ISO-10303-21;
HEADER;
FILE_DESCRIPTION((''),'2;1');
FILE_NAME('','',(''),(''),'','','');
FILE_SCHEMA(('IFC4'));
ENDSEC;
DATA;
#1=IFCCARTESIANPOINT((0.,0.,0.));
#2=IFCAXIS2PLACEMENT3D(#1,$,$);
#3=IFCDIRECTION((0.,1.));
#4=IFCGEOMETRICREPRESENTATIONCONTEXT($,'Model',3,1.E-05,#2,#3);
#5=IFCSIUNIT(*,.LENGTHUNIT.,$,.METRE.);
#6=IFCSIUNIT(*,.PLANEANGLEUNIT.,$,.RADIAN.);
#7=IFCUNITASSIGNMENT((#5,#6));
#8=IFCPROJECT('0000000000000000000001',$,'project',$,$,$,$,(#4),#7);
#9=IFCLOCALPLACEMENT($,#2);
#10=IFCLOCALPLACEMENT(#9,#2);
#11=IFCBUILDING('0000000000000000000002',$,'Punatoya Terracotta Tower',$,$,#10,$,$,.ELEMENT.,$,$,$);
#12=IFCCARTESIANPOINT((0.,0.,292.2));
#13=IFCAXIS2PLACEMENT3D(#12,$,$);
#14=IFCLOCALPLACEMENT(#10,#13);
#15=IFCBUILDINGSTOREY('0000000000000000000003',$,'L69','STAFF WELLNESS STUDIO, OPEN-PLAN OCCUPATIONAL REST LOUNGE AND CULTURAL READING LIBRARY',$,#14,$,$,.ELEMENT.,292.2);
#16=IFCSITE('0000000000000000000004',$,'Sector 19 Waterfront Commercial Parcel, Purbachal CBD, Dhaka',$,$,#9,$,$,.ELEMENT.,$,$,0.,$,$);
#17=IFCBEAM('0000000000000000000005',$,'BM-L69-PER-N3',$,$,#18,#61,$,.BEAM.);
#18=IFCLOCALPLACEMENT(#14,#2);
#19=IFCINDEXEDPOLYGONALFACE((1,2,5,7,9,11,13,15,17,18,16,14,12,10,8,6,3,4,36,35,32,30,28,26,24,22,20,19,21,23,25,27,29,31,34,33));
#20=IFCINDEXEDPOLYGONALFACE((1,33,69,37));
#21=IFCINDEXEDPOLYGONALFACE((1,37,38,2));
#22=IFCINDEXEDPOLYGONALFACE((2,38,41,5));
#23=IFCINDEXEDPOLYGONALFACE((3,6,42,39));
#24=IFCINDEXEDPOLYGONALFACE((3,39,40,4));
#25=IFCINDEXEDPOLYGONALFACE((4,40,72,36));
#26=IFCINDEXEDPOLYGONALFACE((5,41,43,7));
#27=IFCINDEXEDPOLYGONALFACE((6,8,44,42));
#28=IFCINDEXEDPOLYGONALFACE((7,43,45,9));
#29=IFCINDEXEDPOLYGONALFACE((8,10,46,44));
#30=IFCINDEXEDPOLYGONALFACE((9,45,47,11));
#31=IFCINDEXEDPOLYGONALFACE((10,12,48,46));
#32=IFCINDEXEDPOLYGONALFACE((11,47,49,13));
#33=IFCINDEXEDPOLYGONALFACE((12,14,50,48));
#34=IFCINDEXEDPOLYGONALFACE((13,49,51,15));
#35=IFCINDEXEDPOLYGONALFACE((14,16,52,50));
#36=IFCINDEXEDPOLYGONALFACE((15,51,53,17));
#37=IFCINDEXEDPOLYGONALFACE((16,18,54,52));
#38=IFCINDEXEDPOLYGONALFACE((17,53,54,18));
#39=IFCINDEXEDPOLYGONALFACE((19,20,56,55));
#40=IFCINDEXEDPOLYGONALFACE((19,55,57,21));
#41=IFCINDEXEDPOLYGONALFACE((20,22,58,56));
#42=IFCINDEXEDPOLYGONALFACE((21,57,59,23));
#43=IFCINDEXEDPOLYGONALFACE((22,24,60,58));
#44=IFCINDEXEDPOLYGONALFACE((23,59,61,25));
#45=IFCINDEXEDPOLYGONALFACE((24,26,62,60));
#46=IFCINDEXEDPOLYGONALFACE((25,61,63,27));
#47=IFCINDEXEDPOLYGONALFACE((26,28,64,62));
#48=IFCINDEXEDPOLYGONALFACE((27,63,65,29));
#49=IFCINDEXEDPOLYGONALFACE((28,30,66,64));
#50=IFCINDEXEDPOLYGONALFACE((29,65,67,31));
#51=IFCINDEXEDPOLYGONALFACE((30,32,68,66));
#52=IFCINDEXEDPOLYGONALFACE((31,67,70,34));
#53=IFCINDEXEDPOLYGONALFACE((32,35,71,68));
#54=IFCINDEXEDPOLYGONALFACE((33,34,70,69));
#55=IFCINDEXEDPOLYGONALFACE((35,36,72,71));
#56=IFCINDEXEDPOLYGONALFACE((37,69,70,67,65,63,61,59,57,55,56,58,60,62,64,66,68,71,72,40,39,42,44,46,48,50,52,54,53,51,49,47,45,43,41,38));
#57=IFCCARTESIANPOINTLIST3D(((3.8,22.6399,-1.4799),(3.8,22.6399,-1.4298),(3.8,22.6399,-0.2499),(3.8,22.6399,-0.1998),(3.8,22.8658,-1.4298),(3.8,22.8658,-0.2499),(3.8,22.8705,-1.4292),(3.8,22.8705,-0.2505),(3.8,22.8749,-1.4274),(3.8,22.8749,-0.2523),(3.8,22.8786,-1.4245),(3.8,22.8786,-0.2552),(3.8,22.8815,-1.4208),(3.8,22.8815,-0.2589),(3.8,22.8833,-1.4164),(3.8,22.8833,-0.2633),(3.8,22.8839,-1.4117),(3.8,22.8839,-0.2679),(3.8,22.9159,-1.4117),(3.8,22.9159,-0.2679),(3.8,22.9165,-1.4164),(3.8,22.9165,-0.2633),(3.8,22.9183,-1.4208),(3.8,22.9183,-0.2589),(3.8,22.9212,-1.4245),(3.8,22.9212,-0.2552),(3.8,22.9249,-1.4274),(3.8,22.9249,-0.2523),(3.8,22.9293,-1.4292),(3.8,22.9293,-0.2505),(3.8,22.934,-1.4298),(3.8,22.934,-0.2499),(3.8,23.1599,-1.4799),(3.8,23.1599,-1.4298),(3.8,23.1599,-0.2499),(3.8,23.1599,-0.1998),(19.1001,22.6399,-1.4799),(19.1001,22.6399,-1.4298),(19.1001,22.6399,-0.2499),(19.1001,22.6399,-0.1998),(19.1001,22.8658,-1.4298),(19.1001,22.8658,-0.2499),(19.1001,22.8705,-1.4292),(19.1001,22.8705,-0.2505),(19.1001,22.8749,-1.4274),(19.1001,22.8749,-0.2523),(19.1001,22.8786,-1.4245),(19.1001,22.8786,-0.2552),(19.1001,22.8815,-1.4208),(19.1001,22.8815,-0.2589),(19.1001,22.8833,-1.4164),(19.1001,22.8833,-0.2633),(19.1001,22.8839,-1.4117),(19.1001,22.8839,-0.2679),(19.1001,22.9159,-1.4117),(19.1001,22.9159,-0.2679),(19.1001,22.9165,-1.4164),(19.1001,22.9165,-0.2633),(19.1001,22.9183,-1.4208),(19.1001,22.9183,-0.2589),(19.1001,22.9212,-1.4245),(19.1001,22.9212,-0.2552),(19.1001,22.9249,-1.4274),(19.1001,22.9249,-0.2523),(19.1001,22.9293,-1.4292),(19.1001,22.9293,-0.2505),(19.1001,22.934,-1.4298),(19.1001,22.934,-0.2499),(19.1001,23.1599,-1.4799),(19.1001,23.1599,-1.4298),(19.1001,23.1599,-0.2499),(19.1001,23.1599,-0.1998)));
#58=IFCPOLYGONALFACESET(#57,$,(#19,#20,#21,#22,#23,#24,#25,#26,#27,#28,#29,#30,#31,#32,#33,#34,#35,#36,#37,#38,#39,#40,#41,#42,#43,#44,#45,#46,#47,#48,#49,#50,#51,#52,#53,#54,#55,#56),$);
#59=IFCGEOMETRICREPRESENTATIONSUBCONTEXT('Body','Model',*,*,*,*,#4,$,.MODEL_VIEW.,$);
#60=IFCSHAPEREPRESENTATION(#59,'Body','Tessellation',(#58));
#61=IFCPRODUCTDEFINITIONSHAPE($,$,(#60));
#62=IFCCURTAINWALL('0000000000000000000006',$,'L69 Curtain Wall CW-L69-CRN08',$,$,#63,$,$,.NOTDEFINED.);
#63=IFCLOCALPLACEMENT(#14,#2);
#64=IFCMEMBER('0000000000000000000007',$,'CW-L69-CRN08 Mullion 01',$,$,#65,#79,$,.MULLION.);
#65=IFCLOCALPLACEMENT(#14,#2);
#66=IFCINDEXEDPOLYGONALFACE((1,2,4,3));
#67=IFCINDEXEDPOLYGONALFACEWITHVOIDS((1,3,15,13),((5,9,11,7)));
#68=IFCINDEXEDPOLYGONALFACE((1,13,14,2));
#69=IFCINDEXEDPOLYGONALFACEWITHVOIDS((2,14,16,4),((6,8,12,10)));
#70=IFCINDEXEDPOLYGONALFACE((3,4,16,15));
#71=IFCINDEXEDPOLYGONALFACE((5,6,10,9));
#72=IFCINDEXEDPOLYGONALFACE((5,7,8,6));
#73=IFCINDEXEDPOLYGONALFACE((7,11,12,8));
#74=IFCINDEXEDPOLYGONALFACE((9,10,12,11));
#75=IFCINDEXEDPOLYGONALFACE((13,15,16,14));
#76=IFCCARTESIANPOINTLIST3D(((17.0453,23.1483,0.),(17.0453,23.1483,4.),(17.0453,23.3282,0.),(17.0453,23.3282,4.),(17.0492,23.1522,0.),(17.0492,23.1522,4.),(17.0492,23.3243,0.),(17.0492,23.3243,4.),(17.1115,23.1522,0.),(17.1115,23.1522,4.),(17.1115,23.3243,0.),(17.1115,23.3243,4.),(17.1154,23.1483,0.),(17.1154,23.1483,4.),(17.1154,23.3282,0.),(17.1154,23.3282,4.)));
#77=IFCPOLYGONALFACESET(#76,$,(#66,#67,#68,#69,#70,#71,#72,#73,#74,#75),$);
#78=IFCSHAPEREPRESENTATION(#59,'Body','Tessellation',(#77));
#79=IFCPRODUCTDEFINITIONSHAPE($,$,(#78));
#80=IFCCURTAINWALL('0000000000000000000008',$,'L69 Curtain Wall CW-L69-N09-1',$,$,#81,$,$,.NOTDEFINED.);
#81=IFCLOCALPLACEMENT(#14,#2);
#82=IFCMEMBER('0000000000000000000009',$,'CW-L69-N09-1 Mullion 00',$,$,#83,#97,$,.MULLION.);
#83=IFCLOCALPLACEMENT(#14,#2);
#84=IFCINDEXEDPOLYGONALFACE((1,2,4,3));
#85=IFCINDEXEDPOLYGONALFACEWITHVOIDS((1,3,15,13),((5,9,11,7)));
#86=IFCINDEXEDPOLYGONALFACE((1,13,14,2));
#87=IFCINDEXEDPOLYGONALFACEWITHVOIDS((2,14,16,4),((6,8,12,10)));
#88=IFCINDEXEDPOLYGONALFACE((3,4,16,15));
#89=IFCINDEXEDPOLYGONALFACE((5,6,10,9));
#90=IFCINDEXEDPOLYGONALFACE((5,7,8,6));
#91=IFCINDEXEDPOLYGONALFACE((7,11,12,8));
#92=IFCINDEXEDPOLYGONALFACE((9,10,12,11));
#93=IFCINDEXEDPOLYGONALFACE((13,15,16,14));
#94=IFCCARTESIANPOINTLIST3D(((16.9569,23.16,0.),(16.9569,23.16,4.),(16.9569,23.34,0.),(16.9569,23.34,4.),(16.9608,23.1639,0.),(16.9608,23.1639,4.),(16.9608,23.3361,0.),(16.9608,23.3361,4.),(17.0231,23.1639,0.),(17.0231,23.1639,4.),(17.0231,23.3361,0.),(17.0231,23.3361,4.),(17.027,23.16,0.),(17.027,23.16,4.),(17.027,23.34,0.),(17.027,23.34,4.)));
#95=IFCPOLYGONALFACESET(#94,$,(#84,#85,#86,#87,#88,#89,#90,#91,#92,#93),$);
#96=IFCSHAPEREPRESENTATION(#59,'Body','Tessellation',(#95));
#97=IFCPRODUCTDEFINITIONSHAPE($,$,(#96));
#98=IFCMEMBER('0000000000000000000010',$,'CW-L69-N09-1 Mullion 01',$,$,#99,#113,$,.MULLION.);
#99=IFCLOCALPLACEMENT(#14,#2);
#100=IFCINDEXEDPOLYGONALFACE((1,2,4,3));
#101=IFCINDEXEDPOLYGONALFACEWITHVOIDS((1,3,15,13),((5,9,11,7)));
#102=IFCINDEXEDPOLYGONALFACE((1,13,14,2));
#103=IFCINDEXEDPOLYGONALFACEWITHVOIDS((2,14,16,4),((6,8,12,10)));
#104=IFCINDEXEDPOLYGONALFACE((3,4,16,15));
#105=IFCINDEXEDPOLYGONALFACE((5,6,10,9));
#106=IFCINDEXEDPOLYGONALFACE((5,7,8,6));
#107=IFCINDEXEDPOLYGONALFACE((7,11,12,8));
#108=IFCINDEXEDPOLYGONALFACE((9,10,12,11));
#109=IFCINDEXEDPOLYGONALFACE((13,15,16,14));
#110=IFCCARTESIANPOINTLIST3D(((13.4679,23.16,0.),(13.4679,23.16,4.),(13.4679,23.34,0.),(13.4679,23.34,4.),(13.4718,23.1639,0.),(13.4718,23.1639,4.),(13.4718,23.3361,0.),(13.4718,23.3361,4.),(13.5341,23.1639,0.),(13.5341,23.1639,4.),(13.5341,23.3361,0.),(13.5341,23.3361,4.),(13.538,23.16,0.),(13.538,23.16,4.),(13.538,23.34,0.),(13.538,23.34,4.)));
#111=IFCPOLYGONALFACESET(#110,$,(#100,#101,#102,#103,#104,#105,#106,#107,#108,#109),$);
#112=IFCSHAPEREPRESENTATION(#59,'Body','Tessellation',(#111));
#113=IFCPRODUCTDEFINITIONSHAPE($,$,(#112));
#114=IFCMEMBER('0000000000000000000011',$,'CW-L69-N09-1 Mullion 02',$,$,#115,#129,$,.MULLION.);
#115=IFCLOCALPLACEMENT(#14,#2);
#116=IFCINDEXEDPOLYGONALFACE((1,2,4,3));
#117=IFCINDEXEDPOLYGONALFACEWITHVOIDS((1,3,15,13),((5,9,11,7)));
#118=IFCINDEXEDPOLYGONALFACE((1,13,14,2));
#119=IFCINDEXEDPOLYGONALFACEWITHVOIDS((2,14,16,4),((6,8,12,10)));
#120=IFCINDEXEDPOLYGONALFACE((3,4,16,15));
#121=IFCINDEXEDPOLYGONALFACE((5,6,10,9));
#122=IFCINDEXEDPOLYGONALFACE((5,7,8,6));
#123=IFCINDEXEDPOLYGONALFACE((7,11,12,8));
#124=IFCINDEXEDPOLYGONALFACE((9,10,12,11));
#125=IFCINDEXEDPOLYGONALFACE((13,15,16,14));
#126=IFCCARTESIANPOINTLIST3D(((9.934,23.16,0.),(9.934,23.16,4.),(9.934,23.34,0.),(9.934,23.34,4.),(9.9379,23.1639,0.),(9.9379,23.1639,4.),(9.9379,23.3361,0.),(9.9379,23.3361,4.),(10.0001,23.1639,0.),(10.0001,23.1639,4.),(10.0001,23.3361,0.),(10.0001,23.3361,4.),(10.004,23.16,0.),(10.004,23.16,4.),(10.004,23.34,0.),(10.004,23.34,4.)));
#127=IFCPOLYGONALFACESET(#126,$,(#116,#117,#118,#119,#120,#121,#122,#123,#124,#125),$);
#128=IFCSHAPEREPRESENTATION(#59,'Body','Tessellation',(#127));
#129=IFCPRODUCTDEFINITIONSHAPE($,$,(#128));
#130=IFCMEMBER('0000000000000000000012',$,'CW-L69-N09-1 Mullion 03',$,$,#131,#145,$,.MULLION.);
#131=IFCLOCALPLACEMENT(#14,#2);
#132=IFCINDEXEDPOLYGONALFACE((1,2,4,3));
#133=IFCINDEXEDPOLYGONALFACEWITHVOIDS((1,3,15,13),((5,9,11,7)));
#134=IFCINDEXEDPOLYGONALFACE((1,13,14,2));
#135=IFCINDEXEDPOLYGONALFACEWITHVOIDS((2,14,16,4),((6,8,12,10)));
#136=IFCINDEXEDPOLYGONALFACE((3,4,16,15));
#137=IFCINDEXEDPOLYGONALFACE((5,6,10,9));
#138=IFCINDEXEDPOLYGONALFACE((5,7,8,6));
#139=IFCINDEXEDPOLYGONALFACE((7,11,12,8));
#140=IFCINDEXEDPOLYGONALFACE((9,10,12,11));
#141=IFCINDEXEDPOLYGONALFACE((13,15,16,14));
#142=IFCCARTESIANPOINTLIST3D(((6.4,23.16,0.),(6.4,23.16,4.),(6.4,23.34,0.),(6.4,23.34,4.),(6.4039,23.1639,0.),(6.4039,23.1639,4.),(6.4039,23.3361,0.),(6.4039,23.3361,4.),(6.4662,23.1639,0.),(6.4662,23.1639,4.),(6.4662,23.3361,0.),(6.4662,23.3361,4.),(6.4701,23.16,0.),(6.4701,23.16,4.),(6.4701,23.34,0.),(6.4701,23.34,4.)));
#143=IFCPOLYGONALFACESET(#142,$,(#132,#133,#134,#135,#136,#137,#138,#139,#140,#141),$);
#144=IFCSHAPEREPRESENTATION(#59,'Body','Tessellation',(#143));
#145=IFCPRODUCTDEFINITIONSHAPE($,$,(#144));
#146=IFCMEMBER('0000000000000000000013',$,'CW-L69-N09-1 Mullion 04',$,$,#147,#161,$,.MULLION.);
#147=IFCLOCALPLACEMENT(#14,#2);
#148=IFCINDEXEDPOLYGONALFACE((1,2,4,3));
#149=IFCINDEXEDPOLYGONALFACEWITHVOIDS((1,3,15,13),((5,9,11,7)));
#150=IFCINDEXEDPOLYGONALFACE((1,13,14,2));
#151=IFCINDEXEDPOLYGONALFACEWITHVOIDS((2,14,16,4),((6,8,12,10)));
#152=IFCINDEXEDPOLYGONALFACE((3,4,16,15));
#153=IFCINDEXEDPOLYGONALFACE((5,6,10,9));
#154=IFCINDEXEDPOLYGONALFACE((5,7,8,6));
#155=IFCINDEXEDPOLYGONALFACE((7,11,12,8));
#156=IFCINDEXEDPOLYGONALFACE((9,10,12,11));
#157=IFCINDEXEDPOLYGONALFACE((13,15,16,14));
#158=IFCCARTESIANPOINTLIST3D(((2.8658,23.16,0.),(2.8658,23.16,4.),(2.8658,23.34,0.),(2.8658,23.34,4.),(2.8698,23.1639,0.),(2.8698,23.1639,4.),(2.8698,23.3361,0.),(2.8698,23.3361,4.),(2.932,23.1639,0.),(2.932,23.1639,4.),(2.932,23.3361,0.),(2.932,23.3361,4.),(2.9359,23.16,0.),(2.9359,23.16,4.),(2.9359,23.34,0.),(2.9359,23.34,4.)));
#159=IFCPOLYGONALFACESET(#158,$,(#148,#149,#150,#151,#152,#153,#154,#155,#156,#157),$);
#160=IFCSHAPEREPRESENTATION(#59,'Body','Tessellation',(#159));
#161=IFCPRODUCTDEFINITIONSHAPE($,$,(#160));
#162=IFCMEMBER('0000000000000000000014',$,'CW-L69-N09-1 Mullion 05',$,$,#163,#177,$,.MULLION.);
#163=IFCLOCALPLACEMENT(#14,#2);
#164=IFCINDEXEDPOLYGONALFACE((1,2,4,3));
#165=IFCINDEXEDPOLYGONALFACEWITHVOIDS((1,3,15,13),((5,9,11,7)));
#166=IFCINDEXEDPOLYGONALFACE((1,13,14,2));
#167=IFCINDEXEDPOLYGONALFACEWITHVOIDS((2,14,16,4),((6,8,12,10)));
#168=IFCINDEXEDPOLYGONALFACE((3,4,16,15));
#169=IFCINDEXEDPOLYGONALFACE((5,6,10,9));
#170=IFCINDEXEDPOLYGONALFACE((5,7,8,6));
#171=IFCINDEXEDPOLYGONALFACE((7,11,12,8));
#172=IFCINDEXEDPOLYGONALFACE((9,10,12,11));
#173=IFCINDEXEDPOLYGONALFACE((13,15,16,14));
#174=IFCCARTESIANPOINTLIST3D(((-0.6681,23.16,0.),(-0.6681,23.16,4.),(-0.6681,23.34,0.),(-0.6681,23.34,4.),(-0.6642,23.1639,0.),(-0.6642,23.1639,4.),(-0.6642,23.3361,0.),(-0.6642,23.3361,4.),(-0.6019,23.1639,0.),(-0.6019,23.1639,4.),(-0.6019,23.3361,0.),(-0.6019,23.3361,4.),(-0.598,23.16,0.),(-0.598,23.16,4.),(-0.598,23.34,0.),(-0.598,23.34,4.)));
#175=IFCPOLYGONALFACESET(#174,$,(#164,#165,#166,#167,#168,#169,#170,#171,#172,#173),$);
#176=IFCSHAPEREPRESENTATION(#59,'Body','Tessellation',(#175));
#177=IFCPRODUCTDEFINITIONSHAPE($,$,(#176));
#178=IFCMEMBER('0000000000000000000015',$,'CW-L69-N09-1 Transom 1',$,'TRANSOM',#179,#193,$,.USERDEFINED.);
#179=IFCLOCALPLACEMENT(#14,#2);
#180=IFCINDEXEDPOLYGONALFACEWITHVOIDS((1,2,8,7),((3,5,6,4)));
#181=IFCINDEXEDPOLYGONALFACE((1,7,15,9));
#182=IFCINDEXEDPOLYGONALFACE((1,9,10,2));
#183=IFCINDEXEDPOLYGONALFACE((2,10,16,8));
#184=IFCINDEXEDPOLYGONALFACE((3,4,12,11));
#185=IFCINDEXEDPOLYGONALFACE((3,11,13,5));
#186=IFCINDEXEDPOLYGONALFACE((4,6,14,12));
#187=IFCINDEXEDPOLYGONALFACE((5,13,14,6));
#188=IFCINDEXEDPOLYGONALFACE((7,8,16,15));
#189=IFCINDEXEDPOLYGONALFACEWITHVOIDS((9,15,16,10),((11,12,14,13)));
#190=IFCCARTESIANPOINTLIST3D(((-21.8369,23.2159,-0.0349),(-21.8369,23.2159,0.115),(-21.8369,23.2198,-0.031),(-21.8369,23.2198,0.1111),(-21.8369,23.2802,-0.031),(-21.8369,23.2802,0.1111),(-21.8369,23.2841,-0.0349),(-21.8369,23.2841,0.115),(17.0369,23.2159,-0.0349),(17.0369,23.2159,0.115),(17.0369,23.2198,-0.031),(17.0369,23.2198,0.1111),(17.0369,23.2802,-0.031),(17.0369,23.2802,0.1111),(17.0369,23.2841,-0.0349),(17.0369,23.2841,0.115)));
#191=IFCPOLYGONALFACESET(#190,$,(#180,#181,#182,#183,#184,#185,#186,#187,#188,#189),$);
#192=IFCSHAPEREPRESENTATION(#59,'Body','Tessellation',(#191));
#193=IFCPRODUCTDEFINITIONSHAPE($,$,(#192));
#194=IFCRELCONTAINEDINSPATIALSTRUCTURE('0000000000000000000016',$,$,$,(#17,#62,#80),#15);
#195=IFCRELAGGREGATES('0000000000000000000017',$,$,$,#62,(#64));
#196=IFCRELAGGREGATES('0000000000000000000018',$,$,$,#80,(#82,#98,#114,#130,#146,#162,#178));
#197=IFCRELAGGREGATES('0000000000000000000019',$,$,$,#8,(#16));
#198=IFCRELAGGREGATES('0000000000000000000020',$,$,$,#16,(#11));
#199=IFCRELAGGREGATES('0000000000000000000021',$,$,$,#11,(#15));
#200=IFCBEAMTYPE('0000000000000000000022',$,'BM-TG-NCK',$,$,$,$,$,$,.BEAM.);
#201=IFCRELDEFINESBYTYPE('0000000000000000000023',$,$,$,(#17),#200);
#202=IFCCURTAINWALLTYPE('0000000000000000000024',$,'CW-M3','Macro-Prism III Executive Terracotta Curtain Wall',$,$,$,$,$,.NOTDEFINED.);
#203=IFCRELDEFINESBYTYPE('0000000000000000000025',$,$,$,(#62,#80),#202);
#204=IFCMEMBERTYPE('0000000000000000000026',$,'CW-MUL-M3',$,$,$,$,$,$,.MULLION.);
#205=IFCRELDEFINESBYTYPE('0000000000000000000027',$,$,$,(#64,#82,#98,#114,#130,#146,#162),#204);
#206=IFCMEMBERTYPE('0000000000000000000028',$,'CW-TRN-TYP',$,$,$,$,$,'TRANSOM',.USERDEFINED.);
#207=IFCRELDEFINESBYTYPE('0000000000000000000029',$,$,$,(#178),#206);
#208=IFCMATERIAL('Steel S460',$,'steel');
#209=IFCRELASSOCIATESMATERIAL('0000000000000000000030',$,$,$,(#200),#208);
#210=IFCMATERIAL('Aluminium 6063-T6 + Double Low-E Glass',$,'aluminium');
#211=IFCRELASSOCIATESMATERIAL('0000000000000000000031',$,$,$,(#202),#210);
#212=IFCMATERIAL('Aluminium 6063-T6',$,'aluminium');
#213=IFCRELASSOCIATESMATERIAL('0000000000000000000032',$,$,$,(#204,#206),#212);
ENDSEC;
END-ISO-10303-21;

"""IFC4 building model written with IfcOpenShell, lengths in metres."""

from ifc_helpers import new_model, si_unit, direction, frame, origin, origin_2d, place, context, subcontext, project, spatial, hollow_rectangle, i_section, extrude, material, material_profile, profile_set, type_object, element, aggregate, save


model = new_model("IFC4")

# Units and contexts
model_context = context("Model", 3, precision=1e-05, world=origin(), true_north=direction((0.0, 1.0)))
body_context = subcontext(model_context, "Body", "Model", "MODEL_VIEW")
ifc_project = project(units=[si_unit("LENGTHUNIT", "METRE"), si_unit("PLANEANGLEUNIT", "RADIAN")], contexts=[model_context])

# Site, building, storey
site_placement = place(None, origin())
site = spatial("IfcSite", under=ifc_project, at=site_placement, Name="Sector 19 Waterfront Commercial Parcel, Purbachal CBD, Dhaka", CompositionType="ELEMENT", RefElevation=0.0)
building_placement = place(site_placement, origin())
building = spatial("IfcBuilding", under=site, at=building_placement, Name="Punatoya Terracotta Tower", CompositionType="ELEMENT")
storey_placement = place(building_placement, frame((0.0, 0.0, 292.2)))
storey = spatial("IfcBuildingStorey", under=building, at=storey_placement, Name="L69", Description="STAFF WELLNESS STUDIO, OPEN-PLAN OCCUPATIONAL REST LOUNGE AND CULTURAL READING LIBRARY", CompositionType="ELEMENT", Elevation=292.2)

# Shared definitions
ifc_material_1 = material(Name="Steel S460", Category="steel")

# Beam
ifc_material_profile_1 = material_profile(ifc_material_1, i_section(OverallWidth=0.52, OverallDepth=1.28, WebThickness=0.032, FlangeThickness=0.05, FilletRadius=0.0181, at=origin_2d()))
ifc_profile_set_1 = profile_set([ifc_material_profile_1], Name="Steel S460")
beam_type_1 = type_object("IfcBeamType", Name="BM-TG-NCK", PredefinedType="BEAM", material=ifc_profile_set_1)
beam_1_placement = place(storey_placement, frame((3.8, 22.8999, -0.8398), z_axis=(1.0, 0.0, 0.0), x_axis=(0.0, 1.0, 0.0)))
element("IfcBeam", 1, at=beam_1_placement, inside=storey, type_object=beam_type_1, Name="BM-L69-PER-N3", PredefinedType="BEAM", context=body_context, shape_type="SweptSolid", body=[
    extrude(i_section(OverallWidth=0.52, OverallDepth=1.28, WebThickness=0.032, FlangeThickness=0.05, FilletRadius=0.0181, at=origin_2d()), origin(), (0.0, 0.0, 1.0), 15.3),
])

# Curtain wall, member
ifc_material_2 = material(Name="Aluminium 6063-T6 + Double Low-E Glass", Category="aluminium")
curtain_wall_type = type_object("IfcCurtainWallType", Name="CW-M3", Description="Macro-Prism III Executive Terracotta Curtain Wall", PredefinedType="NOTDEFINED", material=ifc_material_2)
curtain_wall_1_placement = place(storey_placement, origin())
curtain_wall_1 = element("IfcCurtainWall", 2, at=curtain_wall_1_placement, inside=storey, type_object=curtain_wall_type, Name="L69 Curtain Wall CW-L69-CRN08", PredefinedType="NOTDEFINED")
ifc_material_3 = material(Name="Aluminium 6063-T6", Category="aluminium")
ifc_material_profile_2 = material_profile(ifc_material_3, hollow_rectangle(XDim=0.0701, YDim=0.1799, WallThickness=0.0039, at=origin_2d()))
ifc_profile_set_2 = profile_set([ifc_material_profile_2], Name="Aluminium 6063-T6")
member_type_1 = type_object("IfcMemberType", Name="CW-MUL-M3", PredefinedType="MULLION", material=ifc_profile_set_2)
member_1_placement = place(storey_placement, frame((17.0803, 23.2383, 0.0), z_axis=(0.0, 0.0, 1.0), x_axis=(1.0, 0.0, 0.0)))
member_1 = element("IfcMember", 3, at=member_1_placement, type_object=member_type_1, Name="CW-L69-CRN08 Mullion 01", PredefinedType="MULLION", context=body_context, shape_type="SweptSolid", body=[
    extrude(hollow_rectangle(XDim=0.0701, YDim=0.1799, WallThickness=0.0039, at=origin_2d()), origin(), (0.0, 0.0, 1.0), 4.0),
])
aggregate(curtain_wall_1, [member_1])

# Curtain wall, members
curtain_wall_2_placement = place(storey_placement, origin())
curtain_wall_2 = element("IfcCurtainWall", 4, at=curtain_wall_2_placement, inside=storey, type_object=curtain_wall_type, Name="L69 Curtain Wall CW-L69-N09-1", PredefinedType="NOTDEFINED")
member_2_placement = place(storey_placement, frame((16.9919, 23.25, 0.0), z_axis=(0.0, 0.0, 1.0), x_axis=(1.0, 0.0, 0.0)))
member_2 = element("IfcMember", 5, at=member_2_placement, type_object=member_type_1, Name="CW-L69-N09-1 Mullion 00", PredefinedType="MULLION", context=body_context, shape_type="SweptSolid", body=[
    extrude(hollow_rectangle(XDim=0.0701, YDim=0.1799, WallThickness=0.0039, at=origin_2d()), origin(), (0.0, 0.0, 1.0), 4.0),
])
member_3_placement = place(storey_placement, frame((13.5029, 23.25, 0.0), z_axis=(0.0, 0.0, 1.0), x_axis=(1.0, 0.0, 0.0)))
member_3 = element("IfcMember", 6, at=member_3_placement, type_object=member_type_1, Name="CW-L69-N09-1 Mullion 01", PredefinedType="MULLION", context=body_context, shape_type="SweptSolid", body=[
    extrude(hollow_rectangle(XDim=0.0701, YDim=0.1799, WallThickness=0.0039, at=origin_2d()), origin(), (0.0, 0.0, 1.0), 4.0),
])
member_4_placement = place(storey_placement, frame((9.969, 23.25, 0.0), z_axis=(0.0, 0.0, 1.0), x_axis=(1.0, 0.0, 0.0)))
member_4 = element("IfcMember", 7, at=member_4_placement, type_object=member_type_1, Name="CW-L69-N09-1 Mullion 02", PredefinedType="MULLION", context=body_context, shape_type="SweptSolid", body=[
    extrude(hollow_rectangle(XDim=0.0701, YDim=0.1799, WallThickness=0.0039, at=origin_2d()), origin(), (0.0, 0.0, 1.0), 4.0),
])
member_5_placement = place(storey_placement, frame((6.4351, 23.25, 0.0), z_axis=(0.0, 0.0, 1.0), x_axis=(1.0, 0.0, 0.0)))
member_5 = element("IfcMember", 8, at=member_5_placement, type_object=member_type_1, Name="CW-L69-N09-1 Mullion 03", PredefinedType="MULLION", context=body_context, shape_type="SweptSolid", body=[
    extrude(hollow_rectangle(XDim=0.0701, YDim=0.1799, WallThickness=0.0039, at=origin_2d()), origin(), (0.0, 0.0, 1.0), 4.0),
])
member_6_placement = place(storey_placement, frame((2.9009, 23.25, 0.0), z_axis=(0.0, 0.0, 1.0), x_axis=(1.0, 0.0, 0.0)))
member_6 = element("IfcMember", 9, at=member_6_placement, type_object=member_type_1, Name="CW-L69-N09-1 Mullion 04", PredefinedType="MULLION", context=body_context, shape_type="SweptSolid", body=[
    extrude(hollow_rectangle(XDim=0.0701, YDim=0.1799, WallThickness=0.0039, at=origin_2d()), origin(), (0.0, 0.0, 1.0), 4.0),
])
member_7_placement = place(storey_placement, frame((-0.6331, 23.25, 0.0), z_axis=(0.0, 0.0, 1.0), x_axis=(1.0, 0.0, 0.0)))
member_7 = element("IfcMember", 10, at=member_7_placement, type_object=member_type_1, Name="CW-L69-N09-1 Mullion 05", PredefinedType="MULLION", context=body_context, shape_type="SweptSolid", body=[
    extrude(hollow_rectangle(XDim=0.0701, YDim=0.1799, WallThickness=0.0039, at=origin_2d()), origin(), (0.0, 0.0, 1.0), 4.0),
])
ifc_material_profile_3 = material_profile(ifc_material_3, hollow_rectangle(XDim=0.0681, YDim=0.1499, WallThickness=0.0039, at=origin_2d()))
ifc_profile_set_3 = profile_set([ifc_material_profile_3], Name="Aluminium 6063-T6")
member_type_2 = type_object("IfcMemberType", Name="CW-TRN-TYP", ElementType="TRANSOM", PredefinedType="USERDEFINED", material=ifc_profile_set_3)
member_8_placement = place(storey_placement, frame((17.0369, 23.25, 0.04), z_axis=(-1.0, 0.0, 0.0), x_axis=(0.0, -1.0, 0.0)))
member_8 = element("IfcMember", 11, at=member_8_placement, type_object=member_type_2, Name="CW-L69-N09-1 Transom 1", ObjectType="TRANSOM", PredefinedType="USERDEFINED", context=body_context, shape_type="SweptSolid", body=[
    extrude(hollow_rectangle(XDim=0.0681, YDim=0.1499, WallThickness=0.0039, at=origin_2d()), origin(), (0.0, 0.0, 1.0), 38.8738),
])
aggregate(curtain_wall_2, [member_2, member_3, member_4, member_5, member_6, member_7, member_8])

save(model, "model.ifc")
